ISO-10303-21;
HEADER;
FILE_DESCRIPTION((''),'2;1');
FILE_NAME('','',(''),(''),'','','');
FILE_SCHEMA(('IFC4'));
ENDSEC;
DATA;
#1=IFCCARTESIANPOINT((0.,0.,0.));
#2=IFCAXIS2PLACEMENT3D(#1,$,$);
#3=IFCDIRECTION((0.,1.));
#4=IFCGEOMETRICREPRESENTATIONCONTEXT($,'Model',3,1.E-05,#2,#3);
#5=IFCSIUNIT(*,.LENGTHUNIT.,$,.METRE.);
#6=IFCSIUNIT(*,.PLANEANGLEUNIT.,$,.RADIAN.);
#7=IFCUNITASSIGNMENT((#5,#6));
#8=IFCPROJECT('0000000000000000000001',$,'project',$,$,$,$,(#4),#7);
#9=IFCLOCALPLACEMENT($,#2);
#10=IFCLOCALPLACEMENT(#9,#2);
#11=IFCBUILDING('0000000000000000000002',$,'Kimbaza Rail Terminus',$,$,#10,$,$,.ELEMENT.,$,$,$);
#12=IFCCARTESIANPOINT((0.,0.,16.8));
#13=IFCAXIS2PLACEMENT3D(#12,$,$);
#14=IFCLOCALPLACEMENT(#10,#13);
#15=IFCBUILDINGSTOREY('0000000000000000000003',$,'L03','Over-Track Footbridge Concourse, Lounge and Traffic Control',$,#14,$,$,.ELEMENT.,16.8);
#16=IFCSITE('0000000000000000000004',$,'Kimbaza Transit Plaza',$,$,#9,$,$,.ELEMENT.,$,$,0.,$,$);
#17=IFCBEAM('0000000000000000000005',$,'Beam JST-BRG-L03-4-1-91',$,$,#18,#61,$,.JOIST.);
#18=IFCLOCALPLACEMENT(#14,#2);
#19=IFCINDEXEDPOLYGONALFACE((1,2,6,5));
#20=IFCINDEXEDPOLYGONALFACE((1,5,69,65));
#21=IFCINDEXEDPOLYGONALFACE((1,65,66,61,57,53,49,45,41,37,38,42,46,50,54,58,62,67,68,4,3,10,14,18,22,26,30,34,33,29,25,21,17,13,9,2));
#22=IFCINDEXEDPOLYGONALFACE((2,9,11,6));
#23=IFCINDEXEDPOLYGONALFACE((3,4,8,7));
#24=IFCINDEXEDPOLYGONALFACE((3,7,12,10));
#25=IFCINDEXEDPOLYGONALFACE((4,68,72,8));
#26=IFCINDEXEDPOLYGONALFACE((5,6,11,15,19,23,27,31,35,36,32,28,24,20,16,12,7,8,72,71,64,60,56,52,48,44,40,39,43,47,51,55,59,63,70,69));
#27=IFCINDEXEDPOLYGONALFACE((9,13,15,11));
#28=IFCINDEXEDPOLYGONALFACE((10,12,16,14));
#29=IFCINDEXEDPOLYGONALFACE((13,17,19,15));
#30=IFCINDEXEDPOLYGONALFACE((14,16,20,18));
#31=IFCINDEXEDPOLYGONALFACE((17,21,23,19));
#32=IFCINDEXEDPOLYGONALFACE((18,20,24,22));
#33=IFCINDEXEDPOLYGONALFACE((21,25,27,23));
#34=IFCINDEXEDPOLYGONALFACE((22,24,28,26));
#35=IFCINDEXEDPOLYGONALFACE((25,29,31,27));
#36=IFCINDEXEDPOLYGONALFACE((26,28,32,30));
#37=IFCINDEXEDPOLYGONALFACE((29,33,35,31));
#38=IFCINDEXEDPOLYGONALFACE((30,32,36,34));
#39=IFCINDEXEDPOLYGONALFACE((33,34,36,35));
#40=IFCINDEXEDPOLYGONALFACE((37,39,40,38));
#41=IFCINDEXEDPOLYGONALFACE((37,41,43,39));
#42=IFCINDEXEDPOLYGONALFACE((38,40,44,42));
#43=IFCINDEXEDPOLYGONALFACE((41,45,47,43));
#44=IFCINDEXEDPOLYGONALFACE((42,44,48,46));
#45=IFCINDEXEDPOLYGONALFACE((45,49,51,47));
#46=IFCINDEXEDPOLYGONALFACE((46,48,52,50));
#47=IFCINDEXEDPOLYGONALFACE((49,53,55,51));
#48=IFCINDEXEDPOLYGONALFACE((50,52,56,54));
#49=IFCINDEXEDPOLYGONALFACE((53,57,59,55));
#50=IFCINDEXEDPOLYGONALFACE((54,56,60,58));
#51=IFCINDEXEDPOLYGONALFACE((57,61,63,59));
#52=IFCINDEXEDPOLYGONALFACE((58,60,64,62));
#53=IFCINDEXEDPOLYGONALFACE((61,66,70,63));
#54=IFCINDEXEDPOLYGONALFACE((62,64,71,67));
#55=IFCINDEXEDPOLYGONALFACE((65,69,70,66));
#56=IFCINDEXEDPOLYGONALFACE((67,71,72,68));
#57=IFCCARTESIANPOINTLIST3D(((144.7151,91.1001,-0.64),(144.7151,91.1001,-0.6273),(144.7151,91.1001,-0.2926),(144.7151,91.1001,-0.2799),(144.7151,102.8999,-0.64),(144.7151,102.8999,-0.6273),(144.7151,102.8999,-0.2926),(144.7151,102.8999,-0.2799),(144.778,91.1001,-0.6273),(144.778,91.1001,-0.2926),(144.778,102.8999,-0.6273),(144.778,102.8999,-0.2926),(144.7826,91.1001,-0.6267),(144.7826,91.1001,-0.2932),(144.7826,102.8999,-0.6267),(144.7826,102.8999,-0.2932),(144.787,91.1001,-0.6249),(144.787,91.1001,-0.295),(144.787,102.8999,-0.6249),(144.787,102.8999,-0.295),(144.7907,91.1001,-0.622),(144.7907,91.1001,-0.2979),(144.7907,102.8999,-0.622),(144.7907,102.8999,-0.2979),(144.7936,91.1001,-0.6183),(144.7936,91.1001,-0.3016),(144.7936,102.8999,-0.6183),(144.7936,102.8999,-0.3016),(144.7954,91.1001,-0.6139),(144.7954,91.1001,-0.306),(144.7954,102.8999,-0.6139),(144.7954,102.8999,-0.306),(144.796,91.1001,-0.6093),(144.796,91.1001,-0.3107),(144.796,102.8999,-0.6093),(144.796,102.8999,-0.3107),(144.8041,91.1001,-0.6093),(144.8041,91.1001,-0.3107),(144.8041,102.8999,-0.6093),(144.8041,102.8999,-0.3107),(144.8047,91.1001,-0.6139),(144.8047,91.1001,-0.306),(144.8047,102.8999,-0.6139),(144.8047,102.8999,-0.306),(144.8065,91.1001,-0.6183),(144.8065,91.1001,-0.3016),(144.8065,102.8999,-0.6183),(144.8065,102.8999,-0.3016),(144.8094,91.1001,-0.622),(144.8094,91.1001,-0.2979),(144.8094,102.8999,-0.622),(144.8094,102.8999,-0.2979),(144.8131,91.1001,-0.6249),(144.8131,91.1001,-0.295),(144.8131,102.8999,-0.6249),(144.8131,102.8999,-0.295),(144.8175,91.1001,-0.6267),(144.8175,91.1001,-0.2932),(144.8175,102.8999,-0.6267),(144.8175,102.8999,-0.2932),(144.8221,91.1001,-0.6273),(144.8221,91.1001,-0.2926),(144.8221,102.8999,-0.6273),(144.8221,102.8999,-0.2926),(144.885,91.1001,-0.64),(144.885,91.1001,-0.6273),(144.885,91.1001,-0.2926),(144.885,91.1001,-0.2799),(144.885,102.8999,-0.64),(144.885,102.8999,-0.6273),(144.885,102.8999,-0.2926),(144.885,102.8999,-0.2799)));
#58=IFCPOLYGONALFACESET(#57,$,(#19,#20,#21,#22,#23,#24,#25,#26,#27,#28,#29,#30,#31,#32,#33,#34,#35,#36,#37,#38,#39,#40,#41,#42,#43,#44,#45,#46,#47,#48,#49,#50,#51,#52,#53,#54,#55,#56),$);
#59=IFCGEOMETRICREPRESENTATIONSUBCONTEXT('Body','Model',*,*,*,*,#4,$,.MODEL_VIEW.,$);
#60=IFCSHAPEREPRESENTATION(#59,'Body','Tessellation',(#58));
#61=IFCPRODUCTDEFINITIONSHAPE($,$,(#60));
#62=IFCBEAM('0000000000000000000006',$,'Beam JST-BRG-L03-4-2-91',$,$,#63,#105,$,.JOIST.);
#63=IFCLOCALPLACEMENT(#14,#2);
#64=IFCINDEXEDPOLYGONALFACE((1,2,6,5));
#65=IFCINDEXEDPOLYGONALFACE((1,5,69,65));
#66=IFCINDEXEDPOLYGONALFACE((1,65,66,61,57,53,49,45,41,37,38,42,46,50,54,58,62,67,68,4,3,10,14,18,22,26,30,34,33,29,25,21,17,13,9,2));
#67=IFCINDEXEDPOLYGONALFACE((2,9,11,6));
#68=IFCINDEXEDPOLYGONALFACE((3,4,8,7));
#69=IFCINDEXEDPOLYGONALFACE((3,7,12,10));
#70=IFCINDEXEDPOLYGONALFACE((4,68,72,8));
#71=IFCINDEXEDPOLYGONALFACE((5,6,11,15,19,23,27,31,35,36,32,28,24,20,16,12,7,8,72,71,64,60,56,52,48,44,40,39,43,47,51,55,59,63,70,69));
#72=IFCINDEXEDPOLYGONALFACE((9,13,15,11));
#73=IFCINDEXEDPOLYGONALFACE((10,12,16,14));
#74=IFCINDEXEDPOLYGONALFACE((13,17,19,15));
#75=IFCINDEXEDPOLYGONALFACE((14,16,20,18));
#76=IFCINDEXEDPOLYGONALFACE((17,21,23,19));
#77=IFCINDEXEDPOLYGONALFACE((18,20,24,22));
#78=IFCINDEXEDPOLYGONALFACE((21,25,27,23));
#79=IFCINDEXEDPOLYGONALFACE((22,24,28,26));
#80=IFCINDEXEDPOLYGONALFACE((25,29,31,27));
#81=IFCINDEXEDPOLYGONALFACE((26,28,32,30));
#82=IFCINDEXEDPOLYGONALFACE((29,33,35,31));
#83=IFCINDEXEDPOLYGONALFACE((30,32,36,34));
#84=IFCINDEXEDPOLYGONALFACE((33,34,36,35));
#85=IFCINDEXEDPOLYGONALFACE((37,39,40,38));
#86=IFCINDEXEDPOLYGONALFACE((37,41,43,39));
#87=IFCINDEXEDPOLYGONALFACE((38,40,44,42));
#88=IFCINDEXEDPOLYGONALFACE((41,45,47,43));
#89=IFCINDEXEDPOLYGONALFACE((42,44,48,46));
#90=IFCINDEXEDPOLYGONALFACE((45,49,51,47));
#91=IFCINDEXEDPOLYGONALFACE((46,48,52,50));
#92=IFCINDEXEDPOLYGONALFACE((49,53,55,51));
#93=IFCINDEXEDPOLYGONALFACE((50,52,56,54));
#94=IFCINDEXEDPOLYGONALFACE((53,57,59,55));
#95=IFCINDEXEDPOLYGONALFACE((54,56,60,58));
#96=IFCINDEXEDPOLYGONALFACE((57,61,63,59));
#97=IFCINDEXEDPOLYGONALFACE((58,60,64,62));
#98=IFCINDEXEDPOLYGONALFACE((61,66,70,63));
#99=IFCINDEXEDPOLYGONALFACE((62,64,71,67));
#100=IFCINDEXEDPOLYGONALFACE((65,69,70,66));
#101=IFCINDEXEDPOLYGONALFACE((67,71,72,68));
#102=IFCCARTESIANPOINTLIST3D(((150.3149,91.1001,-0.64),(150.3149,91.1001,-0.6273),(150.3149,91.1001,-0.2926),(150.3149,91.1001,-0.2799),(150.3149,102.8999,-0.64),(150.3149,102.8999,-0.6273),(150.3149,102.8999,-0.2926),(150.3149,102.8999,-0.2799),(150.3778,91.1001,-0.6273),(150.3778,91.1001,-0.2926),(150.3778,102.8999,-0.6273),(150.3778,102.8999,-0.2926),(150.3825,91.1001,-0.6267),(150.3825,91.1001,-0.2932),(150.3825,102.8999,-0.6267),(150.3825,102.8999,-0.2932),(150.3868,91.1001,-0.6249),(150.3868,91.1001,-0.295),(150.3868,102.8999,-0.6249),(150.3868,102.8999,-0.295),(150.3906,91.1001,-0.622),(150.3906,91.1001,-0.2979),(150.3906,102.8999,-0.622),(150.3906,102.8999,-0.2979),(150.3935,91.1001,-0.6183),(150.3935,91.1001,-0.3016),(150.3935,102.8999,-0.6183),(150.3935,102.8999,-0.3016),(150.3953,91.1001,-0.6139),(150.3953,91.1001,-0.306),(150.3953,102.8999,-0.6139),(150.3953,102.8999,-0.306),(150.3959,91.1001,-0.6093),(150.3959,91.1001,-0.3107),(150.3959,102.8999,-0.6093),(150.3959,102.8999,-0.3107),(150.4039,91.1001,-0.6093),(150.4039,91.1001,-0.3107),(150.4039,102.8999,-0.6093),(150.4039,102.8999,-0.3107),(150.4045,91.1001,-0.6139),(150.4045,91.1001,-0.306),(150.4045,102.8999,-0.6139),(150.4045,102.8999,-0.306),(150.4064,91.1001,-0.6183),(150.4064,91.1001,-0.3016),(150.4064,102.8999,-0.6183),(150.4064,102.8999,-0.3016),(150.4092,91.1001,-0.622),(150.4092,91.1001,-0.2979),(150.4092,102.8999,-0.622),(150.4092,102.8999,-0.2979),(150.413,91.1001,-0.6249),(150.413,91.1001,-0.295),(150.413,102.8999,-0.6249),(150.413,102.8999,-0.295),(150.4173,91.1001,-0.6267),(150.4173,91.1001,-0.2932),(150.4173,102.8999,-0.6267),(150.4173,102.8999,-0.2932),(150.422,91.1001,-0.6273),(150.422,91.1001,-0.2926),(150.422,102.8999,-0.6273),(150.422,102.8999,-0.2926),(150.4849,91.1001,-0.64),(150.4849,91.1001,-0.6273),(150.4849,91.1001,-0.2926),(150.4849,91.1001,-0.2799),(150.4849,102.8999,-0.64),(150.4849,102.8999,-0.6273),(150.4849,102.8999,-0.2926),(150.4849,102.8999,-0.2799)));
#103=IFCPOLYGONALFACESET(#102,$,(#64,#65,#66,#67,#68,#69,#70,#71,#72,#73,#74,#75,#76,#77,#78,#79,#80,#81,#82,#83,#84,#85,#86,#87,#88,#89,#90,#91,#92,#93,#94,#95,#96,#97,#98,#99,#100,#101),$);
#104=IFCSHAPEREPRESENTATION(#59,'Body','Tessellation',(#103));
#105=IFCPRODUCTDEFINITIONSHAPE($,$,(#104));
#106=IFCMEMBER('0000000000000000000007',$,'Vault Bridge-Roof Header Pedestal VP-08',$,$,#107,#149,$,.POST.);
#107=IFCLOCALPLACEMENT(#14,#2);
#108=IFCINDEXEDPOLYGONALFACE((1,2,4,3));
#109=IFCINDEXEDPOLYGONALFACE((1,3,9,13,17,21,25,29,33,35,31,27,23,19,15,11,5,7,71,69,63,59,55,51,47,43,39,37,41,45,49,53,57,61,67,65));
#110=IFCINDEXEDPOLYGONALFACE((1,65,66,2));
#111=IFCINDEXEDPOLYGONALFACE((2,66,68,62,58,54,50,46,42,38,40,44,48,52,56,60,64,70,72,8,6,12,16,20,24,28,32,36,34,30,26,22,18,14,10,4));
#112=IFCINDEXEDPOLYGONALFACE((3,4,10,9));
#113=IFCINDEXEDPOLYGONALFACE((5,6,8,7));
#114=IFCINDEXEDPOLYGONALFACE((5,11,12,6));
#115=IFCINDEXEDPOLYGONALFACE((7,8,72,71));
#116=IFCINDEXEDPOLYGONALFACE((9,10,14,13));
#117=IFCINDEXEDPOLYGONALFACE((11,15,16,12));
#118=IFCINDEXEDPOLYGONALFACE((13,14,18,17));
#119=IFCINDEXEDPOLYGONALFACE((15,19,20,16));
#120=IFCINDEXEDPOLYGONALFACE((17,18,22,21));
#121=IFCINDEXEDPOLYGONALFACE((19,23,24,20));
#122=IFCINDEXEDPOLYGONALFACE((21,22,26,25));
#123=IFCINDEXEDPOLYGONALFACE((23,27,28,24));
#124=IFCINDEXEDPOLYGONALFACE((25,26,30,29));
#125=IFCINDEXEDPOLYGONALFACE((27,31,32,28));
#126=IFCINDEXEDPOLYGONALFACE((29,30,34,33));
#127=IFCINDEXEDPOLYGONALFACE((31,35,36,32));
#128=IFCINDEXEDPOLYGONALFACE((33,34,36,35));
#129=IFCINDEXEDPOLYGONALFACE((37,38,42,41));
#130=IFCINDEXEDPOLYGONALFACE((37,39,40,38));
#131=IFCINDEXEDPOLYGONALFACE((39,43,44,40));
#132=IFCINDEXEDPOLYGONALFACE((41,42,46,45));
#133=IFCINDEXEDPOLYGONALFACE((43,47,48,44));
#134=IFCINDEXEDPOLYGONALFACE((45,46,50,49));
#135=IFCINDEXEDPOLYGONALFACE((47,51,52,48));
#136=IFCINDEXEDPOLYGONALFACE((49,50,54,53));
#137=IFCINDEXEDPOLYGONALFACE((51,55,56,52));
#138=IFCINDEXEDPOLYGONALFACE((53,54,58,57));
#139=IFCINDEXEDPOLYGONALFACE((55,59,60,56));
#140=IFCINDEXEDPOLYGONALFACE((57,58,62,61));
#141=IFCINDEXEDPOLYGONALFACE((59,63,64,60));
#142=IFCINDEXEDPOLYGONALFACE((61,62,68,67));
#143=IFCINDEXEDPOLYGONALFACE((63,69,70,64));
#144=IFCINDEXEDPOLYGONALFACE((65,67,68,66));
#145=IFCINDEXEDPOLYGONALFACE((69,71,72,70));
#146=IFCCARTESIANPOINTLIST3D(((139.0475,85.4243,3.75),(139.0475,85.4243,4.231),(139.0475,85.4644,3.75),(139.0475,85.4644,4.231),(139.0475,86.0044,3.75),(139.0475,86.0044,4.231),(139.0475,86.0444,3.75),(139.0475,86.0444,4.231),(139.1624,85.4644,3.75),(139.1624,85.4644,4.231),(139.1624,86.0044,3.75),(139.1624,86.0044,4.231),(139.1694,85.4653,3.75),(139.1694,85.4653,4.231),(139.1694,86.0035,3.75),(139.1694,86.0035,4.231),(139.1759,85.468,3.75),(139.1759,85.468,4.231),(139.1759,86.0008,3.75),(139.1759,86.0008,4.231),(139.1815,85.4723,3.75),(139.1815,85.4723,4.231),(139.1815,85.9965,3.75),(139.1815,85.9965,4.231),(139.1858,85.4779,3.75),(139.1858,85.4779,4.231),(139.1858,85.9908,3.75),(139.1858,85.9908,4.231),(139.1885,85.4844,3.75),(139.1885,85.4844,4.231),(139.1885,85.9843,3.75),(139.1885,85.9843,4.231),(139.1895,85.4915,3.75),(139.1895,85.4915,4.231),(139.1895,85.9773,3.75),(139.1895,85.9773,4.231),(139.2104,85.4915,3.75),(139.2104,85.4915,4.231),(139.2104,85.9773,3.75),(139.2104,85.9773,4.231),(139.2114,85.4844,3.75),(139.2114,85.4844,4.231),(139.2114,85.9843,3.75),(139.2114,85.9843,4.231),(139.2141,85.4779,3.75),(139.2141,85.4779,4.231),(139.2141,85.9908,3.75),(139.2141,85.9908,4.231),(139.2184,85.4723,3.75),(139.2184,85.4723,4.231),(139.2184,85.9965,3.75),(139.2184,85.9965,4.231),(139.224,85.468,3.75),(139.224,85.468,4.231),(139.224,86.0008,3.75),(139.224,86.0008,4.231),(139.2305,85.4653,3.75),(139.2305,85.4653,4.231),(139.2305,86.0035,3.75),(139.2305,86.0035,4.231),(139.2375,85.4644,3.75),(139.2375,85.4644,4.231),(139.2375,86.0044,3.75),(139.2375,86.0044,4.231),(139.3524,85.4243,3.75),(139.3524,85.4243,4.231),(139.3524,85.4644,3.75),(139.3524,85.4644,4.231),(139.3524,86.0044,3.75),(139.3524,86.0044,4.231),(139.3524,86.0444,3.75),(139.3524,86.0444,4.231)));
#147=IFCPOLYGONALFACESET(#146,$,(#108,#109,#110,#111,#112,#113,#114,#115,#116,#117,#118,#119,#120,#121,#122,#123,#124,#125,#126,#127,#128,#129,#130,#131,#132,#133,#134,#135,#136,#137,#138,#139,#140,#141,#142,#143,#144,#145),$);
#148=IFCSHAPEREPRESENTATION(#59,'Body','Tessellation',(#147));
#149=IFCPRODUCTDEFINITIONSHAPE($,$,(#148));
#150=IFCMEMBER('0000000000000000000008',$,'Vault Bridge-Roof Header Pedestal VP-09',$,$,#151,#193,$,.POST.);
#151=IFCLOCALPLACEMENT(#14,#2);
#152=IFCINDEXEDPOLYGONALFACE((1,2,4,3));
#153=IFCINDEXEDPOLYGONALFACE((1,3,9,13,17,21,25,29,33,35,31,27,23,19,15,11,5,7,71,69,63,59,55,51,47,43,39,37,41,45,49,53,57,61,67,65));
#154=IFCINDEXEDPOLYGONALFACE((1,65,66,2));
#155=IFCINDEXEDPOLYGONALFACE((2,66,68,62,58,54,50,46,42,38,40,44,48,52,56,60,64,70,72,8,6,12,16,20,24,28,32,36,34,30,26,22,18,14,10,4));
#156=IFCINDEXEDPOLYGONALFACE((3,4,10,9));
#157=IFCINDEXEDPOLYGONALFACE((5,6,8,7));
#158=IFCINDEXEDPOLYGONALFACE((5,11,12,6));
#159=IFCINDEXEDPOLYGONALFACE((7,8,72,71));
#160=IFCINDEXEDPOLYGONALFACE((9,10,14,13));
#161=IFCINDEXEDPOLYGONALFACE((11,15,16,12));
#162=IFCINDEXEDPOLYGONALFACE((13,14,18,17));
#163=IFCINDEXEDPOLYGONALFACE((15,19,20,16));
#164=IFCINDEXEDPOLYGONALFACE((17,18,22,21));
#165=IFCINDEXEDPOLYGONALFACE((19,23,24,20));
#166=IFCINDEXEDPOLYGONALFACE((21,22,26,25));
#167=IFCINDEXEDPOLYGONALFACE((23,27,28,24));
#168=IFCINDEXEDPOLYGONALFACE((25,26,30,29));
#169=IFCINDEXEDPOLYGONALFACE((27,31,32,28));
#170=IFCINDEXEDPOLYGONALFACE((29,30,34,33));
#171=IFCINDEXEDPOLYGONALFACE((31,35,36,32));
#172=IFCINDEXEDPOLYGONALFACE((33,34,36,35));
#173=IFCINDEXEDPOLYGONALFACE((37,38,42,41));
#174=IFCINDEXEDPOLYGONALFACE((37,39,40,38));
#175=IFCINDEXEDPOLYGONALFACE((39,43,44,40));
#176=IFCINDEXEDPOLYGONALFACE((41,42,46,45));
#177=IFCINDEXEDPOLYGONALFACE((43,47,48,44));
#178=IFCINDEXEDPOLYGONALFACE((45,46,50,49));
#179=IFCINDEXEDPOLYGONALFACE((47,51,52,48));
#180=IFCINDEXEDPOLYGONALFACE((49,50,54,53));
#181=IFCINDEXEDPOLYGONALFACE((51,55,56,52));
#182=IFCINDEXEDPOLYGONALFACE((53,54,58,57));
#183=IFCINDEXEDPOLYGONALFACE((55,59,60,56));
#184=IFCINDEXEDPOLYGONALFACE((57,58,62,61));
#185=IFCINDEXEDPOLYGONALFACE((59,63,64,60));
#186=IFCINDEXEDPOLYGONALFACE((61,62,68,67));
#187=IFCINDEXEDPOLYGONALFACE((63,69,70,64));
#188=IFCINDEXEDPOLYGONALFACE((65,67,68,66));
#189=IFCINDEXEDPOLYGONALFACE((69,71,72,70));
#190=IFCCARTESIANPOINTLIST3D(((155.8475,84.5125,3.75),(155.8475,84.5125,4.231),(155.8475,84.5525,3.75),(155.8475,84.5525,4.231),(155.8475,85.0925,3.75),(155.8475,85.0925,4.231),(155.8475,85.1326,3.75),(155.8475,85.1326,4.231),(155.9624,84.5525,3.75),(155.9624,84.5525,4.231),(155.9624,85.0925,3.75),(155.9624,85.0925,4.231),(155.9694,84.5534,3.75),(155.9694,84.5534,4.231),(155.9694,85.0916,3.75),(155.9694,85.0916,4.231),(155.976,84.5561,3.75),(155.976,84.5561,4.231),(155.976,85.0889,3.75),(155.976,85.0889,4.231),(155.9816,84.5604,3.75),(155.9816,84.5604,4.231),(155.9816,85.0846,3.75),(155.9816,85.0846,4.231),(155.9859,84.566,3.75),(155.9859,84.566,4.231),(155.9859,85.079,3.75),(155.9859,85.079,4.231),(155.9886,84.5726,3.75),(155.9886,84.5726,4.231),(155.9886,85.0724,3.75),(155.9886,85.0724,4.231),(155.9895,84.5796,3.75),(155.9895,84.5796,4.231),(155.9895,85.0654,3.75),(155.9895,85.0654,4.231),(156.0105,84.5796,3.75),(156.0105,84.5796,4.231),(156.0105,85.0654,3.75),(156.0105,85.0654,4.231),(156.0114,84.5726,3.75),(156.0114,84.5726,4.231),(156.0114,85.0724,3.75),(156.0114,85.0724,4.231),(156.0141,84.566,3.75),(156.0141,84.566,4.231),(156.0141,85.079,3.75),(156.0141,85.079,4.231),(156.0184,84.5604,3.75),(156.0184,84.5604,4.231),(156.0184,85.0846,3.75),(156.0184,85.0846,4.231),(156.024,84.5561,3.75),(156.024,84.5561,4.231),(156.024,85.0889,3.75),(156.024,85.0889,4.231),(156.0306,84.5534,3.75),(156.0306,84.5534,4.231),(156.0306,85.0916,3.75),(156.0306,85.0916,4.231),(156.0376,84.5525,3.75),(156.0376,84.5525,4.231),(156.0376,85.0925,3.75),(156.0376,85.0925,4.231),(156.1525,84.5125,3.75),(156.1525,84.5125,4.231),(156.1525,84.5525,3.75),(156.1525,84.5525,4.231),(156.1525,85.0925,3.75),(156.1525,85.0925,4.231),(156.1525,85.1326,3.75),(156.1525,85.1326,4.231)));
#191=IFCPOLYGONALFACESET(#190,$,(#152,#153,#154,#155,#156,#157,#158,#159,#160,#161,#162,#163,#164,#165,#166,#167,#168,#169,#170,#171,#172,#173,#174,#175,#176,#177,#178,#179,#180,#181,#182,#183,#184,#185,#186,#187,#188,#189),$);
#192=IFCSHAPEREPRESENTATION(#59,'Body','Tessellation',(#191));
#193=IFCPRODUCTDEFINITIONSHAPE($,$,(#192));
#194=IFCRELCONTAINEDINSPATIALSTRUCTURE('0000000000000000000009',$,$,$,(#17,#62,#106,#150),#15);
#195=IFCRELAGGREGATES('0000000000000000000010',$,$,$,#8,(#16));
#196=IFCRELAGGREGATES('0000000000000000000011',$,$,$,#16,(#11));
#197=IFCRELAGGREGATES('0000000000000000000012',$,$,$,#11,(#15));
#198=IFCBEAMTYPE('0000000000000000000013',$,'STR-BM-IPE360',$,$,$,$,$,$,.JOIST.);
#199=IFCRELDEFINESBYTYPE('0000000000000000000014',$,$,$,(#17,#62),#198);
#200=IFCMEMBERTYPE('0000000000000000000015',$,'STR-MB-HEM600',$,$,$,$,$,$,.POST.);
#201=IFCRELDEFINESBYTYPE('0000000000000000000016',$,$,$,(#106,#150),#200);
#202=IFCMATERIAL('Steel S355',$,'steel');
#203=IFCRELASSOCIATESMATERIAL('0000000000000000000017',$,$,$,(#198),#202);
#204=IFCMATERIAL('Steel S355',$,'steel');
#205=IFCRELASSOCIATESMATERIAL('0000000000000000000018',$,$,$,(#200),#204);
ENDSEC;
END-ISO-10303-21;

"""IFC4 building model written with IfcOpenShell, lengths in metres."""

from ifc_helpers import new_model, si_unit, direction, frame, origin, origin_2d, place, context, subcontext, project, spatial, i_section, extrude, material, material_profile, profile_set, type_object, element, save


model = new_model("IFC4")

# Units and contexts
model_context = context("Model", 3, precision=1e-05, world=origin(), true_north=direction((0.0, 1.0)))
body_context = subcontext(model_context, "Body", "Model", "MODEL_VIEW")
ifc_project = project(units=[si_unit("LENGTHUNIT", "METRE"), si_unit("PLANEANGLEUNIT", "RADIAN")], contexts=[model_context])

# Site, building, storey
site_placement = place(None, origin())
site = spatial("IfcSite", under=ifc_project, at=site_placement, Name="Kimbaza Transit Plaza", CompositionType="ELEMENT", RefElevation=0.0)
building_placement = place(site_placement, origin())
building = spatial("IfcBuilding", under=site, at=building_placement, Name="Kimbaza Rail Terminus", CompositionType="ELEMENT")
storey_placement = place(building_placement, frame((0.0, 0.0, 16.8)))
storey = spatial("IfcBuildingStorey", under=building, at=storey_placement, Name="L03", Description="Over-Track Footbridge Concourse, Lounge and Traffic Control", CompositionType="ELEMENT", Elevation=16.8)

# Beams
ifc_material_1 = material(Name="Steel S355", Category="steel")
ifc_material_profile_1 = material_profile(ifc_material_1, i_section(OverallWidth=0.1699, OverallDepth=0.3601, WebThickness=0.0081, FlangeThickness=0.0127, FilletRadius=0.0181, at=origin_2d()), Name="IPE 360")
ifc_profile_set_1 = profile_set([ifc_material_profile_1], Name="Steel S355")
beam_type_1 = type_object("IfcBeamType", Name="STR-BM-IPE360", PredefinedType="JOIST", material=ifc_profile_set_1)
for number, where, z_axis, x_axis, name in (
    (1, (144.8, 91.1001, -0.46), (0.0, 1.0, 0.0), (-1.0, 0.0, 0.0), "Beam JST-BRG-L03-4-1-91"),
    (2, (150.3999, 91.1001, -0.46), (0.0, 1.0, 0.0), (-1.0, 0.0, 0.0), "Beam JST-BRG-L03-4-2-91"),
):
    element("IfcBeam", number, at=place(storey_placement, frame(where, z_axis=z_axis, x_axis=x_axis)), inside=storey, type_object=beam_type_1, Name=name, PredefinedType="JOIST", context=body_context, shape_type="SweptSolid", body=[
        extrude(i_section(OverallWidth=0.1699, OverallDepth=0.3601, WebThickness=0.0081, FlangeThickness=0.0127, FilletRadius=0.0181, at=origin_2d()), origin(), (0.0, 0.0, 1.0), 11.7998),
    ])

# Members
ifc_material_2 = material(Name="Steel S355", Category="steel")
ifc_material_profile_2 = material_profile(ifc_material_2, i_section(OverallWidth=0.3049, OverallDepth=0.6201, WebThickness=0.021, FlangeThickness=0.04, FilletRadius=0.0271, at=origin_2d()), Name="HEM 600")
ifc_profile_set_2 = profile_set([ifc_material_profile_2], Name="Steel S355")
member_type_1 = type_object("IfcMemberType", Name="STR-MB-HEM600", PredefinedType="POST", material=ifc_profile_set_2)
for number, where, z_axis, x_axis, name in (
    (3, (139.2, 85.7344, 3.75), (0.0, 0.0, 1.0), (1.0, 0.0, 0.0), "Vault Bridge-Roof Header Pedestal VP-08"),
    (4, (156.0, 84.8225, 3.75), (0.0, 0.0, 1.0), (1.0, 0.0, 0.0), "Vault Bridge-Roof Header Pedestal VP-09"),
):
    element("IfcMember", number, at=place(storey_placement, frame(where, z_axis=z_axis, x_axis=x_axis)), inside=storey, type_object=member_type_1, Name=name, PredefinedType="POST", context=body_context, shape_type="SweptSolid", body=[
        extrude(i_section(OverallWidth=0.3049, OverallDepth=0.6201, WebThickness=0.021, FlangeThickness=0.04, FilletRadius=0.0271, at=origin_2d()), origin(), (0.0, 0.0, 1.0), 0.481),
    ])

save(model, "model.ifc")
